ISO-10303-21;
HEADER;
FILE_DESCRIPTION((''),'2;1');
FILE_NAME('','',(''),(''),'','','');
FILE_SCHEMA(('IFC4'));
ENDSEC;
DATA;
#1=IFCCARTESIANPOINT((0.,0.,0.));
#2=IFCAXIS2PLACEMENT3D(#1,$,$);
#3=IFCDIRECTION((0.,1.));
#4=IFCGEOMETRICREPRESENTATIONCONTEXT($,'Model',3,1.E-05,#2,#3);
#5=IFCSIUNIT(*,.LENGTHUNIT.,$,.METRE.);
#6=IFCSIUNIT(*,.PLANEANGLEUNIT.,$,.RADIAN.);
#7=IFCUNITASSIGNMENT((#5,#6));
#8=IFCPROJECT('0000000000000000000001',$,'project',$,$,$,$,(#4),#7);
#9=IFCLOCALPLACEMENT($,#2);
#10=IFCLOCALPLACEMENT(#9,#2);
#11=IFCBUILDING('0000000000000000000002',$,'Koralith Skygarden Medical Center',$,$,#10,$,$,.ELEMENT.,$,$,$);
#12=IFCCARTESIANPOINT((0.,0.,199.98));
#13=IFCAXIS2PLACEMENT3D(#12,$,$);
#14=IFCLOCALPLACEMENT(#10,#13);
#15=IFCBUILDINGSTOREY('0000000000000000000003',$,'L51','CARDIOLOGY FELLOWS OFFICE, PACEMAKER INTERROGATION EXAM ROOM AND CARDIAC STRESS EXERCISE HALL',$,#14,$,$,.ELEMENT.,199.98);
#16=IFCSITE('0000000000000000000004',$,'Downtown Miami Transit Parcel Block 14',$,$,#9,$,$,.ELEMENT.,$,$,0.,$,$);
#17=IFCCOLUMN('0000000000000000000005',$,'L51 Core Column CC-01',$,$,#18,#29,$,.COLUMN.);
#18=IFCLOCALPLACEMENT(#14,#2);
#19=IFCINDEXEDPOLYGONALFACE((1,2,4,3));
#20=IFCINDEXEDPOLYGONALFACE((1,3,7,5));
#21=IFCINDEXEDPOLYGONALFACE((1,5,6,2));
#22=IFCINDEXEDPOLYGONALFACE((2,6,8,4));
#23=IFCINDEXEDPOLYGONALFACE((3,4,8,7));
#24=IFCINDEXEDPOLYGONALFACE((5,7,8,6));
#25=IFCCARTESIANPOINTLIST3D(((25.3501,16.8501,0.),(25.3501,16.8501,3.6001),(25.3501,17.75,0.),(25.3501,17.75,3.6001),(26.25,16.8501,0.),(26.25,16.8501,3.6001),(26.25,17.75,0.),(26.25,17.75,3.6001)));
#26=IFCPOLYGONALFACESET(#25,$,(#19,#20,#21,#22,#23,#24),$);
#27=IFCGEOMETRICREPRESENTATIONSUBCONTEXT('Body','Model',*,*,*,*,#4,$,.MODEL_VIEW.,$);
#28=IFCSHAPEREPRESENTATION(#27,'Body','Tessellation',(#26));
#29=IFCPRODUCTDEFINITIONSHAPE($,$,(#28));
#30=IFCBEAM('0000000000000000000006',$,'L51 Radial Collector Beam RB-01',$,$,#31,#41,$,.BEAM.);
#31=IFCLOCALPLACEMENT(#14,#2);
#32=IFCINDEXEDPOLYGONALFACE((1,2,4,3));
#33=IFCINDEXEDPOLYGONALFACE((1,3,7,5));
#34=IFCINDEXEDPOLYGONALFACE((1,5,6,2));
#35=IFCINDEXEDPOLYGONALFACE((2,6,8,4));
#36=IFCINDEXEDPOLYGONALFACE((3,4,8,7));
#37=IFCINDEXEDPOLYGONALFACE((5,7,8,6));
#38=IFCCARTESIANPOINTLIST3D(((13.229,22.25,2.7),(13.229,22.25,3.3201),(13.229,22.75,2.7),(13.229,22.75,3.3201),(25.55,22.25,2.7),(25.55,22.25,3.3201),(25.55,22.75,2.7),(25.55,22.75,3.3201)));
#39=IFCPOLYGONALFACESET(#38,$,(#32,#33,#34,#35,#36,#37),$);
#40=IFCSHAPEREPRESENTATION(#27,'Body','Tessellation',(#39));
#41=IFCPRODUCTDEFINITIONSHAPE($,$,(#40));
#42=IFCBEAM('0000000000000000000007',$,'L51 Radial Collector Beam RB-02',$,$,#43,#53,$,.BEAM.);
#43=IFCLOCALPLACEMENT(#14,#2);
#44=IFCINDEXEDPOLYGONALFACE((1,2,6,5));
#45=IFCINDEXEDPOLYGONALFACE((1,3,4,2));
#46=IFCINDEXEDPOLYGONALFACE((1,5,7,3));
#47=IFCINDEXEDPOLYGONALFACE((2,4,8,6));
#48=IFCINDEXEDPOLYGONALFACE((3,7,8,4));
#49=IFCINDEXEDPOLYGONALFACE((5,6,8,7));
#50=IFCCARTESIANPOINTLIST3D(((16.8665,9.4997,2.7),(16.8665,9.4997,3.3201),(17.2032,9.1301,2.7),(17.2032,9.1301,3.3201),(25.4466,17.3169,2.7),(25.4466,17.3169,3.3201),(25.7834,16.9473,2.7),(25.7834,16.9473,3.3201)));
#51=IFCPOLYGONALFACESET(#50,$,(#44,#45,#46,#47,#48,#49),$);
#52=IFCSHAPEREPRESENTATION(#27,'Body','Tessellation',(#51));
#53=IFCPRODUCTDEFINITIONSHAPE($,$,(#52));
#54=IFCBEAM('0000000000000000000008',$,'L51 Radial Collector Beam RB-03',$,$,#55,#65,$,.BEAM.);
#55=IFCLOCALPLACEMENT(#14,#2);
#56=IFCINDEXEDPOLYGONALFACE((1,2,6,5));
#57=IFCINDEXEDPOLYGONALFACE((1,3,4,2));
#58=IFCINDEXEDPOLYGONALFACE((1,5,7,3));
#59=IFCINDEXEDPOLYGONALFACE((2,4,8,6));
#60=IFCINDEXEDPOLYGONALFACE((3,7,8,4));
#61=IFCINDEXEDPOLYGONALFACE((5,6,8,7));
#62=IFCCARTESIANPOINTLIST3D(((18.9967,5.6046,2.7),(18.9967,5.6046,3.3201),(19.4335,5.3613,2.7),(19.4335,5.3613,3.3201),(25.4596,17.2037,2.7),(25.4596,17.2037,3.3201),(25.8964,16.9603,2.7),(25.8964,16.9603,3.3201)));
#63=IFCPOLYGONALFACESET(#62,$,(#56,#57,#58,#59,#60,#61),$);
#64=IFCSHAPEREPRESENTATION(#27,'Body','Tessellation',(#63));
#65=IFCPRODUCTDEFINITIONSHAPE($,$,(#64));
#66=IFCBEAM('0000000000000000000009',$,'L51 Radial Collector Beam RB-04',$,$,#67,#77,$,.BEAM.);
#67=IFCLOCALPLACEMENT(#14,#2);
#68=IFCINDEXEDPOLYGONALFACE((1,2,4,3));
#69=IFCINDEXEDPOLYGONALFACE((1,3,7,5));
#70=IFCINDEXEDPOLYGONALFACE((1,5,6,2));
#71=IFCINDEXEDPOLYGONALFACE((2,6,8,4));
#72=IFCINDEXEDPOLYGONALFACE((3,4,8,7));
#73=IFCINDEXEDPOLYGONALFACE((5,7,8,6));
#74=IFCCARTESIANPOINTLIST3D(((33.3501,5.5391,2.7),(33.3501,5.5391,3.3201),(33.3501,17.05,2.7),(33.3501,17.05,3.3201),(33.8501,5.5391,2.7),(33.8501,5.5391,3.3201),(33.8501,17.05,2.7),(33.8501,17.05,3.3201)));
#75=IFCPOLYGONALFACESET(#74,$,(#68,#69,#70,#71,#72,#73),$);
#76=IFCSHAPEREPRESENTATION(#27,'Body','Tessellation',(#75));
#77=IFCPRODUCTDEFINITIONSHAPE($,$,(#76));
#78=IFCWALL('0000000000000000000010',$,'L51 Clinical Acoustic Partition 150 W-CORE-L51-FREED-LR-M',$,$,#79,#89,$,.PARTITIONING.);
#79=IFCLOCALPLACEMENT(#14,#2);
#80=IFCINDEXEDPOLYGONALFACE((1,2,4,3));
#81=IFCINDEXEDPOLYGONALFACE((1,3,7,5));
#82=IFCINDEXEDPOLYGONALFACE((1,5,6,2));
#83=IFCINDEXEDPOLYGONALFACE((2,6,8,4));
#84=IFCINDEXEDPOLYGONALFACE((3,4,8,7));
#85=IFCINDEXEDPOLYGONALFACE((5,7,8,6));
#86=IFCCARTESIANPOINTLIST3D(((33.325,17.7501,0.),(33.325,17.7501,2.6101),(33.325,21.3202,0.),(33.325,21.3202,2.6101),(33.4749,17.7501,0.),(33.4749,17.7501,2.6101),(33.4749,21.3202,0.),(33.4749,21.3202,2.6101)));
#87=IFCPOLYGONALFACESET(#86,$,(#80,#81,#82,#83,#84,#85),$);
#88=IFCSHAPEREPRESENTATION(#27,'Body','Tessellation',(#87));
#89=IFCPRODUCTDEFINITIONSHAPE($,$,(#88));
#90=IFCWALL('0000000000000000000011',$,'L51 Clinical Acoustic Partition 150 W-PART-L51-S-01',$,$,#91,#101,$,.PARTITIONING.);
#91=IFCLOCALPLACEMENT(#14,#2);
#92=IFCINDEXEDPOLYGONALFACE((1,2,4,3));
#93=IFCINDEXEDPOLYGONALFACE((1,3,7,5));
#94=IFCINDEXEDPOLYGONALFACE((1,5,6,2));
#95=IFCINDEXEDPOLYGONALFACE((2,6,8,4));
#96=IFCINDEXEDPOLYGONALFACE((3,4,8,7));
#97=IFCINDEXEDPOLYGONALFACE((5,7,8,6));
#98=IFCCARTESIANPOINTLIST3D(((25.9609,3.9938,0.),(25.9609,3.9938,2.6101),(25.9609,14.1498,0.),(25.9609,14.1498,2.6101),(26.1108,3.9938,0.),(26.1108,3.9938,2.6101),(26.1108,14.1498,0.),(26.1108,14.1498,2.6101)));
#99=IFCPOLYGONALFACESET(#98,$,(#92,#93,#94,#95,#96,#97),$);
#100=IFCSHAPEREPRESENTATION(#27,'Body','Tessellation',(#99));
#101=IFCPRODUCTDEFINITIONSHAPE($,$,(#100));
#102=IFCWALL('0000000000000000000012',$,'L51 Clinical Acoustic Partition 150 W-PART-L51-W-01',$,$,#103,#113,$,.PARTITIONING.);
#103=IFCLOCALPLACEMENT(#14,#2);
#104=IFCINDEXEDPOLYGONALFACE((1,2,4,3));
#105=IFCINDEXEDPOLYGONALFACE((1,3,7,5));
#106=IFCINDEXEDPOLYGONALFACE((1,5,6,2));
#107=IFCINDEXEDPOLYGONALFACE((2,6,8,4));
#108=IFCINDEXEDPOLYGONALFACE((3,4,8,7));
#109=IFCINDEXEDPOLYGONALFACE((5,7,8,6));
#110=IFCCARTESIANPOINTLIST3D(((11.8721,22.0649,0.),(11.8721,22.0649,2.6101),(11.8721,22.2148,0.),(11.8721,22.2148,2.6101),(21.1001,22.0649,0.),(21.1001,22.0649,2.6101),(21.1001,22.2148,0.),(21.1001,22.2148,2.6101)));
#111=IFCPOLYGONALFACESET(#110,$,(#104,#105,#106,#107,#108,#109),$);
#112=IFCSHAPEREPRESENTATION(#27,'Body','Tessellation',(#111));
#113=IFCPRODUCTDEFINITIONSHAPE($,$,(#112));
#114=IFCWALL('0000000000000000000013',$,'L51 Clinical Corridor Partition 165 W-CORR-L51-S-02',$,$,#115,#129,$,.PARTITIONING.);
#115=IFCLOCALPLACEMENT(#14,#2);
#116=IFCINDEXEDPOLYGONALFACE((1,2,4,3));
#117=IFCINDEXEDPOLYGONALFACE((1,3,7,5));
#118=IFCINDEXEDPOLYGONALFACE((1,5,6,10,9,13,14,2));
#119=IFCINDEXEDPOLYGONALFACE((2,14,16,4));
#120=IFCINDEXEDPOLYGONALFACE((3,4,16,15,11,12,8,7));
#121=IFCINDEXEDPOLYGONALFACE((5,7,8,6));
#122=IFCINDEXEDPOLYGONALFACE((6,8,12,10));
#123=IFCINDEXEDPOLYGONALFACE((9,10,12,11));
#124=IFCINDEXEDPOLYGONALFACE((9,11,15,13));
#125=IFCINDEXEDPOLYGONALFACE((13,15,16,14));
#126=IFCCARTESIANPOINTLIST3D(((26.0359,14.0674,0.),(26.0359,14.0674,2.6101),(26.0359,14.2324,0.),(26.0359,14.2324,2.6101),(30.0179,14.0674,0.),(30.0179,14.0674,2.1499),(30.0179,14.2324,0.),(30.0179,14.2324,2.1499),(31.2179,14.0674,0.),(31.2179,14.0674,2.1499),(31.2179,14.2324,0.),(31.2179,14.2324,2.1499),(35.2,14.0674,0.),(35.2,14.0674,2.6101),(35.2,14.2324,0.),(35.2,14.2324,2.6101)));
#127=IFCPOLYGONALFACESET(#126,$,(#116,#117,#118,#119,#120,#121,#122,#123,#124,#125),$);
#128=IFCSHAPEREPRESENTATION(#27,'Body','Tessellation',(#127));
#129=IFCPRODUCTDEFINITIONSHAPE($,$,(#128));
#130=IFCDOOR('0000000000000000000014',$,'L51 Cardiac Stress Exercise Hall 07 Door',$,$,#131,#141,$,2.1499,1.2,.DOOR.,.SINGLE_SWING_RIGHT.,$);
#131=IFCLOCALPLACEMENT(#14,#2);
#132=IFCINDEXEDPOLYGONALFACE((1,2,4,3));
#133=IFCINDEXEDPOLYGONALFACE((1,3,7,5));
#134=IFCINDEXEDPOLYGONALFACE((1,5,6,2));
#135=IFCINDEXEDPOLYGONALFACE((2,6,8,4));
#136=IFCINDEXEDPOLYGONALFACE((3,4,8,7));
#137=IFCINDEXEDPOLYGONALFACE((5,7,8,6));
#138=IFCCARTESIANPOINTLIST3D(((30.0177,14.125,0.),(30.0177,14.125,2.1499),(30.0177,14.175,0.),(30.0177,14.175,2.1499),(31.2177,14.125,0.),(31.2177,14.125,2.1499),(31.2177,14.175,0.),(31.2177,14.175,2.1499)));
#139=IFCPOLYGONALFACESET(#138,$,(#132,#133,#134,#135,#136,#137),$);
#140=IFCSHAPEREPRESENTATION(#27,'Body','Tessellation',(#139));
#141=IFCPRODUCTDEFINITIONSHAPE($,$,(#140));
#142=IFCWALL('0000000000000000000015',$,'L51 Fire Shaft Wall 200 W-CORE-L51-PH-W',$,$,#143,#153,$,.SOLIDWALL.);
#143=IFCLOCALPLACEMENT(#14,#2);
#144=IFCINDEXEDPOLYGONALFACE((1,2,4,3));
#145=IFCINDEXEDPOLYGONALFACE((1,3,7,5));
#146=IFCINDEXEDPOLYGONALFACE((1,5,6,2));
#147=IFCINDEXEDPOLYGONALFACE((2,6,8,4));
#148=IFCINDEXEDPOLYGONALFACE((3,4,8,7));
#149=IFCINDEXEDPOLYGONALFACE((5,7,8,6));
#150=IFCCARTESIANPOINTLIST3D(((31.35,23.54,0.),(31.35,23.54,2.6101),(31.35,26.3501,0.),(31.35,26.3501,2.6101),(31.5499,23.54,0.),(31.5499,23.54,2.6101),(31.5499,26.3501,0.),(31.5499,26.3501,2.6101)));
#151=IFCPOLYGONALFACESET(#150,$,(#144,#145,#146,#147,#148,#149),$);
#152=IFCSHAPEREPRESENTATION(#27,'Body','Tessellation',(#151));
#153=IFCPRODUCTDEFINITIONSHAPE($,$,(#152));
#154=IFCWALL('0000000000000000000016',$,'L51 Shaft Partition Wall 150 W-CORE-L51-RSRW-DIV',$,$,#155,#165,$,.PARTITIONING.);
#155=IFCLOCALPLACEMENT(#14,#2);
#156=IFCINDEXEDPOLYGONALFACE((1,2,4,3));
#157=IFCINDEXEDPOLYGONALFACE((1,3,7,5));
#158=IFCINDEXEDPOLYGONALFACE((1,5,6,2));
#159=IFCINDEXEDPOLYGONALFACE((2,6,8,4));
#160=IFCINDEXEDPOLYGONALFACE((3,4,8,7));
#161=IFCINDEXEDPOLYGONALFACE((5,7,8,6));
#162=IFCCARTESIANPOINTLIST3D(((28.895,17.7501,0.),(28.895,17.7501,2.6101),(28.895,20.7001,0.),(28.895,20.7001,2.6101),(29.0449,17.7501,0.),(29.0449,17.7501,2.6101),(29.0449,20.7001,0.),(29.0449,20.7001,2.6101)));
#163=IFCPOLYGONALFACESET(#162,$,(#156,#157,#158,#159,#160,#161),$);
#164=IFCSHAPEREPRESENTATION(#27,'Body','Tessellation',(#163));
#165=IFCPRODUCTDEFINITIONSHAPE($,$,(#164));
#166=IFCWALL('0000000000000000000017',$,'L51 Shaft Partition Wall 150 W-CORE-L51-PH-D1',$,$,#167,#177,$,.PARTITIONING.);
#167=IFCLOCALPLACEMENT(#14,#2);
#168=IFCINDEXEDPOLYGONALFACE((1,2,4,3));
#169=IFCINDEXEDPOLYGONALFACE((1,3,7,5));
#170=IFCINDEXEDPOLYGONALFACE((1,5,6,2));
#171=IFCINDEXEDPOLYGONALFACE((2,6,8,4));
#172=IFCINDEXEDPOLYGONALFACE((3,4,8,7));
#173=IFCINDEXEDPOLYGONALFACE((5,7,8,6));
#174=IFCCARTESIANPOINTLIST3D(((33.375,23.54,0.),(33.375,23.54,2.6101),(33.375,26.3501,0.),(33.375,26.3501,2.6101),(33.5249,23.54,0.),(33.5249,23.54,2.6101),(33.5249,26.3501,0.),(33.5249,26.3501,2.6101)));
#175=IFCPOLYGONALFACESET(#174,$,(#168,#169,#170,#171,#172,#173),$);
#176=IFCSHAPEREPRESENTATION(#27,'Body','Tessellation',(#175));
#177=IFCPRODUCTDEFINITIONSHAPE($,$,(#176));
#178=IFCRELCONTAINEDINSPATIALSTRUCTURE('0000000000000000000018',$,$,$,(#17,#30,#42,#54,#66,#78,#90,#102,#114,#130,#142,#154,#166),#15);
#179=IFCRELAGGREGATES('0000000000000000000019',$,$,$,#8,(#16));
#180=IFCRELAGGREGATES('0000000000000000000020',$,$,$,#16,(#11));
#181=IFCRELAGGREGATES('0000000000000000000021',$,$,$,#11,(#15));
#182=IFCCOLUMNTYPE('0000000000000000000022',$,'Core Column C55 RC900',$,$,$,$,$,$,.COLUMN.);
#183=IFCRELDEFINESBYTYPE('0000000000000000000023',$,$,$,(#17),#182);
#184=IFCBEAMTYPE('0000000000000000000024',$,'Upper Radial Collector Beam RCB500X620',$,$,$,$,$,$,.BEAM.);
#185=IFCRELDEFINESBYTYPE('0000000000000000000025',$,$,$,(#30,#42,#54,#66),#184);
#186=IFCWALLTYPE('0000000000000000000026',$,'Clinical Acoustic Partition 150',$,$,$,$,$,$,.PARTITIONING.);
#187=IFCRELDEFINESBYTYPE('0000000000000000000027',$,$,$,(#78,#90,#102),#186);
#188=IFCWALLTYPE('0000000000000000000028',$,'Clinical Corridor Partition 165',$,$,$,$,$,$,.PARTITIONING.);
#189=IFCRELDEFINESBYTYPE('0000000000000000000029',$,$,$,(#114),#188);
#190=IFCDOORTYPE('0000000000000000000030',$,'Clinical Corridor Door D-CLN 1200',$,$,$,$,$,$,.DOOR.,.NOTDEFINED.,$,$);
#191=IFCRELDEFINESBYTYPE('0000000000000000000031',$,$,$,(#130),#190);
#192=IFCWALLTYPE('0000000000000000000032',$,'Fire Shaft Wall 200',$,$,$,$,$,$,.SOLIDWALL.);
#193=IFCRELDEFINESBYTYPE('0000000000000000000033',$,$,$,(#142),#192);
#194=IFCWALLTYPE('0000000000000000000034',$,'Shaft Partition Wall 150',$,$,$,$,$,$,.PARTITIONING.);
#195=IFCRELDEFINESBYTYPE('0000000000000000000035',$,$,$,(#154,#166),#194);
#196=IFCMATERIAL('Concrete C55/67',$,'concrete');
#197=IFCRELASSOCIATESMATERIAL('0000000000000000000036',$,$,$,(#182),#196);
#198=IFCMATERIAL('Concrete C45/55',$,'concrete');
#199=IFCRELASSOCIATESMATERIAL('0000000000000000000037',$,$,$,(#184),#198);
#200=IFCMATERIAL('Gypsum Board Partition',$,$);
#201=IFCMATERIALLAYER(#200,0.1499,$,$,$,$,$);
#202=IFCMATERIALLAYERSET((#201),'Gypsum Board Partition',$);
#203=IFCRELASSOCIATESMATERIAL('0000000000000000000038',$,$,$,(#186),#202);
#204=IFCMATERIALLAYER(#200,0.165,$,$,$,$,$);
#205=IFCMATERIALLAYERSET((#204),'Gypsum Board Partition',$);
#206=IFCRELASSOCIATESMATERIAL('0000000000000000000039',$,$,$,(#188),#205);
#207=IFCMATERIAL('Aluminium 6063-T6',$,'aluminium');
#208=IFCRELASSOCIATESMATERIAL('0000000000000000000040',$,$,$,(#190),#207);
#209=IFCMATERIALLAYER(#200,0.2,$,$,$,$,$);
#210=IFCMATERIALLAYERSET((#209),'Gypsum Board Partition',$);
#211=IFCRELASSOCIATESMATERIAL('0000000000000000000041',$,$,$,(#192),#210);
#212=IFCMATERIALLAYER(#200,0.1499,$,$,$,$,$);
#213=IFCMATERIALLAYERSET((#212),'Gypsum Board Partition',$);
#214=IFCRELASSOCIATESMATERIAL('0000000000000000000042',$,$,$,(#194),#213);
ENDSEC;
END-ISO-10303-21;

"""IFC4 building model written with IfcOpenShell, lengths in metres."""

from ifc_helpers import new_model, si_unit, direction, frame, frame_2d, origin, origin_2d, place, context, subcontext, project, spatial, rectangle, extrude, material, layer, layer_set, material_profile, profile_set, type_object, element, fill, save


model = new_model("IFC4")

# Units and contexts
model_context = context("Model", 3, precision=1e-05, world=origin(), true_north=direction((0.0, 1.0)))
body_context = subcontext(model_context, "Body", "Model", "MODEL_VIEW")
ifc_project = project(units=[si_unit("LENGTHUNIT", "METRE"), si_unit("PLANEANGLEUNIT", "RADIAN")], contexts=[model_context])

# Site, building, storey
site_placement = place(None, origin())
site = spatial("IfcSite", under=ifc_project, at=site_placement, Name="Downtown Miami Transit Parcel Block 14", CompositionType="ELEMENT", RefElevation=0.0)
building_placement = place(site_placement, origin())
building = spatial("IfcBuilding", under=site, at=building_placement, Name="Koralith Skygarden Medical Center", CompositionType="ELEMENT")
storey_placement = place(building_placement, frame((0.0, 0.0, 199.98)))
storey = spatial("IfcBuildingStorey", under=building, at=storey_placement, Name="L51", Description="CARDIOLOGY FELLOWS OFFICE, PACEMAKER INTERROGATION EXAM ROOM AND CARDIAC STRESS EXERCISE HALL", CompositionType="ELEMENT", Elevation=199.98)

# Column
ifc_material_1 = material(Name="Concrete C55/67", Category="concrete")
ifc_material_profile_1 = material_profile(ifc_material_1, rectangle(XDim=0.8999, YDim=0.8999, at=origin_2d()), Name="RC900X900")
ifc_profile_set_1 = profile_set([ifc_material_profile_1], Name="Concrete C55/67")
column_type = type_object("IfcColumnType", Name="Core Column C55 RC900", PredefinedType="COLUMN", material=ifc_profile_set_1)
column_placement = place(storey_placement, frame((25.8, 17.3, 0.0), z_axis=(0.0, 0.0, 1.0), x_axis=(1.0, 0.0, 0.0)))
element("IfcColumn", 1, at=column_placement, inside=storey, type_object=column_type, Name="L51 Core Column CC-01", PredefinedType="COLUMN", context=body_context, shape_type="SweptSolid", body=[
    extrude(rectangle(XDim=0.8999, YDim=0.8999, at=origin_2d()), origin(), (0.0, 0.0, 1.0), 3.6001),
])

# Beams
ifc_material_2 = material(Name="Concrete C45/55", Category="concrete")
ifc_material_profile_2 = material_profile(ifc_material_2, rectangle(XDim=0.5, YDim=0.6201, at=origin_2d()), Name="RCB500X620")
ifc_profile_set_2 = profile_set([ifc_material_profile_2], Name="Concrete C45/55")
beam_type = type_object("IfcBeamType", Name="Upper Radial Collector Beam RCB500X620", PredefinedType="BEAM", material=ifc_profile_set_2)
beam_1_placement = place(storey_placement, frame((25.55, 22.5, 3.01), z_axis=(-1.0, 0.0, 0.0), x_axis=(0.0, -1.0, 0.0)))
element("IfcBeam", 2, at=beam_1_placement, inside=storey, type_object=beam_type, Name="L51 Radial Collector Beam RB-01", PredefinedType="BEAM", context=body_context, shape_type="SweptSolid", body=[
    extrude(rectangle(XDim=0.5, YDim=0.6201, at=origin_2d()), origin(), (0.0, 0.0, 1.0), 12.321),
])
beam_2_placement = place(storey_placement, frame((25.615, 17.1321, 3.01), z_axis=(-0.739208, -0.673477, 0.0), x_axis=(0.673477, -0.739208, 0.0)))
element("IfcBeam", 3, at=beam_2_placement, inside=storey, type_object=beam_type, Name="L51 Radial Collector Beam RB-02", PredefinedType="BEAM", context=body_context, shape_type="SweptSolid", body=[
    extrude(rectangle(XDim=0.5, YDim=0.6201, at=origin_2d()), origin(), (0.0, 0.0, 1.0), 11.6072),
])
beam_3_placement = place(storey_placement, frame((25.678, 17.082, 3.01), z_axis=(-0.486732, -0.873551, 0.0), x_axis=(0.873551, -0.486732, 0.0)))
element("IfcBeam", 4, at=beam_3_placement, inside=storey, type_object=beam_type, Name="L51 Radial Collector Beam RB-03", PredefinedType="BEAM", context=body_context, shape_type="SweptSolid", body=[
    extrude(rectangle(XDim=0.5, YDim=0.6201, at=origin_2d()), origin(), (0.0, 0.0, 1.0), 13.2781),
])
beam_4_placement = place(storey_placement, frame((33.6001, 17.05, 3.01), z_axis=(0.0, -1.0, 0.0), x_axis=(1.0, 0.0, 0.0)))
element("IfcBeam", 5, at=beam_4_placement, inside=storey, type_object=beam_type, Name="L51 Radial Collector Beam RB-04", PredefinedType="BEAM", context=body_context, shape_type="SweptSolid", body=[
    extrude(rectangle(XDim=0.5, YDim=0.6201, at=origin_2d()), origin(), (0.0, 0.0, 1.0), 11.511),
])

# Shared definitions
ifc_material_3 = material(Name="Gypsum Board Partition")
ifc_layer_1 = layer(ifc_material_3, 0.1499)
ifc_layer_set_1 = layer_set([ifc_layer_1], Name="Gypsum Board Partition")
wall_type_1 = type_object("IfcWallType", Name="Clinical Acoustic Partition 150", PredefinedType="PARTITIONING", material=ifc_layer_set_1)
ifc_material_4 = material(Name="Aluminium 6063-T6", Category="aluminium")

# Walls
wall_1_placement = place(storey_placement, frame((33.3999, 17.75, 0.0), z_axis=(0.0, 0.0, 1.0), x_axis=(0.0, 1.0, 0.0)))
element("IfcWall", 6, at=wall_1_placement, inside=storey, type_object=wall_type_1, Name="L51 Clinical Acoustic Partition 150 W-CORE-L51-FREED-LR-M", PredefinedType="PARTITIONING", context=body_context, shape_type="SweptSolid", body=[
    extrude(rectangle(XDim=3.5701, YDim=0.1499, at=frame_2d((1.7852, 0.0))), origin(), (0.0, 0.0, 1.0), 2.6101),
])
wall_2_placement = place(storey_placement, frame((26.0359, 14.1499, 0.0), z_axis=(0.0, 0.0, 1.0), x_axis=(0.0, -1.0, 0.0)))
element("IfcWall", 7, at=wall_2_placement, inside=storey, type_object=wall_type_1, Name="L51 Clinical Acoustic Partition 150 W-PART-L51-S-01", PredefinedType="PARTITIONING", context=body_context, shape_type="SweptSolid", body=[
    extrude(rectangle(XDim=10.156, YDim=0.1499, at=frame_2d((5.0781, 0.0))), origin(), (0.0, 0.0, 1.0), 2.6101),
])
wall_3_placement = place(storey_placement, frame((21.1001, 22.1399, 0.0), z_axis=(0.0, 0.0, 1.0), x_axis=(-1.0, 0.0, 0.0)))
element("IfcWall", 8, at=wall_3_placement, inside=storey, type_object=wall_type_1, Name="L51 Clinical Acoustic Partition 150 W-PART-L51-W-01", PredefinedType="PARTITIONING", context=body_context, shape_type="SweptSolid", body=[
    extrude(rectangle(XDim=9.228, YDim=0.1499, at=frame_2d((4.614, 0.0))), origin(), (0.0, 0.0, 1.0), 2.6101),
])

# Wall, opening, door
ifc_layer_2 = layer(ifc_material_3, 0.165)
ifc_layer_set_2 = layer_set([ifc_layer_2], Name="Gypsum Board Partition")
wall_type_2 = type_object("IfcWallType", Name="Clinical Corridor Partition 165", PredefinedType="PARTITIONING", material=ifc_layer_set_2)
wall_4_placement = place(storey_placement, frame((26.0359, 14.1499, 0.0), z_axis=(0.0, 0.0, 1.0), x_axis=(1.0, 0.0, 0.0)))
wall_4 = element("IfcWall", 9, at=wall_4_placement, inside=storey, type_object=wall_type_2, Name="L51 Clinical Corridor Partition 165 W-CORR-L51-S-02", PredefinedType="PARTITIONING", context=body_context, shape_type="SweptSolid", body=[
    extrude(rectangle(XDim=9.1641, YDim=0.165, at=frame_2d((4.582, 0.0))), origin(), (0.0, 0.0, 1.0), 2.6101),
])
opening_1_placement = place(wall_4_placement, frame((3.9819, 0.0, 0.0)))
opening_1 = element("IfcOpeningElement", 10, at=opening_1_placement, cuts=wall_4, PredefinedType="OPENING", context=body_context, shape_type="SweptSolid", body=[
    extrude(rectangle(XDim=1.2, YDim=2.1499, at=frame_2d((0.6001, 1.075))), frame((0.0, 0.0925, 0.0), z_axis=(0.0, -1.0, 0.0), x_axis=(1.0, 0.0, 0.0)), (0.0, 0.0, 1.0), 0.1851),
])
door_type_1 = type_object("IfcDoorType", Name="Clinical Corridor Door D-CLN 1200", OperationType="NOTDEFINED", PredefinedType="DOOR", material=ifc_material_4)
door_1_placement = place(opening_1_placement, frame((1.2, 0.0, 0.0), z_axis=(0.0, 0.0, 1.0), x_axis=(-1.0, 0.0, 0.0)))
door_1 = element("IfcDoor", 11, at=door_1_placement, inside=storey, type_object=door_type_1, Name="L51 Cardiac Stress Exercise Hall 07 Door", OperationType="SINGLE_SWING_RIGHT", OverallHeight=2.1499, OverallWidth=1.2, PredefinedType="DOOR", context=body_context, shape_type="SweptSolid", body=[
    extrude(rectangle(XDim=1.2, YDim=2.1499, at=frame_2d((0.6001, 1.075))), frame((0.0, 0.0249, 0.0), z_axis=(0.0, -1.0, 0.0), x_axis=(1.0, 0.0, 0.0)), (0.0, 0.0, 1.0), 0.05),
])
fill(opening_1, door_1)
ifc_layer_3 = layer(ifc_material_3, 0.2)
ifc_layer_set_3 = layer_set([ifc_layer_3], Name="Gypsum Board Partition")
wall_type_3 = type_object("IfcWallType", Name="Fire Shaft Wall 200", PredefinedType="SOLIDWALL", material=ifc_layer_set_3)

# Walls
wall_5_placement = place(storey_placement, frame((31.45, 23.54, 0.0), z_axis=(0.0, 0.0, 1.0), x_axis=(0.0, 1.0, 0.0)))
element("IfcWall", 12, at=wall_5_placement, inside=storey, type_object=wall_type_3, Name="L51 Fire Shaft Wall 200 W-CORE-L51-PH-W", PredefinedType="SOLIDWALL", context=body_context, shape_type="SweptSolid", body=[
    extrude(rectangle(XDim=2.8101, YDim=0.2, at=frame_2d((1.405, 0.0))), origin(), (0.0, 0.0, 1.0), 2.6101),
])
ifc_layer_4 = layer(ifc_material_3, 0.1499)
ifc_layer_set_4 = layer_set([ifc_layer_4], Name="Gypsum Board Partition")
wall_type_4 = type_object("IfcWallType", Name="Shaft Partition Wall 150", PredefinedType="PARTITIONING", material=ifc_layer_set_4)
wall_6_placement = place(storey_placement, frame((28.97, 17.75, 0.0), z_axis=(0.0, 0.0, 1.0), x_axis=(0.0, 1.0, 0.0)))
element("IfcWall", 13, at=wall_6_placement, inside=storey, type_object=wall_type_4, Name="L51 Shaft Partition Wall 150 W-CORE-L51-RSRW-DIV", PredefinedType="PARTITIONING", context=body_context, shape_type="SweptSolid", body=[
    extrude(rectangle(XDim=2.95, YDim=0.1499, at=frame_2d((1.4751, 0.0))), origin(), (0.0, 0.0, 1.0), 2.6101),
])
wall_7_placement = place(storey_placement, frame((33.45, 23.54, 0.0), z_axis=(0.0, 0.0, 1.0), x_axis=(0.0, 1.0, 0.0)))
element("IfcWall", 14, at=wall_7_placement, inside=storey, type_object=wall_type_4, Name="L51 Shaft Partition Wall 150 W-CORE-L51-PH-D1", PredefinedType="PARTITIONING", context=body_context, shape_type="SweptSolid", body=[
    extrude(rectangle(XDim=2.8101, YDim=0.1499, at=frame_2d((1.405, 0.0))), origin(), (0.0, 0.0, 1.0), 2.6101),
])

save(model, "model.ifc")
